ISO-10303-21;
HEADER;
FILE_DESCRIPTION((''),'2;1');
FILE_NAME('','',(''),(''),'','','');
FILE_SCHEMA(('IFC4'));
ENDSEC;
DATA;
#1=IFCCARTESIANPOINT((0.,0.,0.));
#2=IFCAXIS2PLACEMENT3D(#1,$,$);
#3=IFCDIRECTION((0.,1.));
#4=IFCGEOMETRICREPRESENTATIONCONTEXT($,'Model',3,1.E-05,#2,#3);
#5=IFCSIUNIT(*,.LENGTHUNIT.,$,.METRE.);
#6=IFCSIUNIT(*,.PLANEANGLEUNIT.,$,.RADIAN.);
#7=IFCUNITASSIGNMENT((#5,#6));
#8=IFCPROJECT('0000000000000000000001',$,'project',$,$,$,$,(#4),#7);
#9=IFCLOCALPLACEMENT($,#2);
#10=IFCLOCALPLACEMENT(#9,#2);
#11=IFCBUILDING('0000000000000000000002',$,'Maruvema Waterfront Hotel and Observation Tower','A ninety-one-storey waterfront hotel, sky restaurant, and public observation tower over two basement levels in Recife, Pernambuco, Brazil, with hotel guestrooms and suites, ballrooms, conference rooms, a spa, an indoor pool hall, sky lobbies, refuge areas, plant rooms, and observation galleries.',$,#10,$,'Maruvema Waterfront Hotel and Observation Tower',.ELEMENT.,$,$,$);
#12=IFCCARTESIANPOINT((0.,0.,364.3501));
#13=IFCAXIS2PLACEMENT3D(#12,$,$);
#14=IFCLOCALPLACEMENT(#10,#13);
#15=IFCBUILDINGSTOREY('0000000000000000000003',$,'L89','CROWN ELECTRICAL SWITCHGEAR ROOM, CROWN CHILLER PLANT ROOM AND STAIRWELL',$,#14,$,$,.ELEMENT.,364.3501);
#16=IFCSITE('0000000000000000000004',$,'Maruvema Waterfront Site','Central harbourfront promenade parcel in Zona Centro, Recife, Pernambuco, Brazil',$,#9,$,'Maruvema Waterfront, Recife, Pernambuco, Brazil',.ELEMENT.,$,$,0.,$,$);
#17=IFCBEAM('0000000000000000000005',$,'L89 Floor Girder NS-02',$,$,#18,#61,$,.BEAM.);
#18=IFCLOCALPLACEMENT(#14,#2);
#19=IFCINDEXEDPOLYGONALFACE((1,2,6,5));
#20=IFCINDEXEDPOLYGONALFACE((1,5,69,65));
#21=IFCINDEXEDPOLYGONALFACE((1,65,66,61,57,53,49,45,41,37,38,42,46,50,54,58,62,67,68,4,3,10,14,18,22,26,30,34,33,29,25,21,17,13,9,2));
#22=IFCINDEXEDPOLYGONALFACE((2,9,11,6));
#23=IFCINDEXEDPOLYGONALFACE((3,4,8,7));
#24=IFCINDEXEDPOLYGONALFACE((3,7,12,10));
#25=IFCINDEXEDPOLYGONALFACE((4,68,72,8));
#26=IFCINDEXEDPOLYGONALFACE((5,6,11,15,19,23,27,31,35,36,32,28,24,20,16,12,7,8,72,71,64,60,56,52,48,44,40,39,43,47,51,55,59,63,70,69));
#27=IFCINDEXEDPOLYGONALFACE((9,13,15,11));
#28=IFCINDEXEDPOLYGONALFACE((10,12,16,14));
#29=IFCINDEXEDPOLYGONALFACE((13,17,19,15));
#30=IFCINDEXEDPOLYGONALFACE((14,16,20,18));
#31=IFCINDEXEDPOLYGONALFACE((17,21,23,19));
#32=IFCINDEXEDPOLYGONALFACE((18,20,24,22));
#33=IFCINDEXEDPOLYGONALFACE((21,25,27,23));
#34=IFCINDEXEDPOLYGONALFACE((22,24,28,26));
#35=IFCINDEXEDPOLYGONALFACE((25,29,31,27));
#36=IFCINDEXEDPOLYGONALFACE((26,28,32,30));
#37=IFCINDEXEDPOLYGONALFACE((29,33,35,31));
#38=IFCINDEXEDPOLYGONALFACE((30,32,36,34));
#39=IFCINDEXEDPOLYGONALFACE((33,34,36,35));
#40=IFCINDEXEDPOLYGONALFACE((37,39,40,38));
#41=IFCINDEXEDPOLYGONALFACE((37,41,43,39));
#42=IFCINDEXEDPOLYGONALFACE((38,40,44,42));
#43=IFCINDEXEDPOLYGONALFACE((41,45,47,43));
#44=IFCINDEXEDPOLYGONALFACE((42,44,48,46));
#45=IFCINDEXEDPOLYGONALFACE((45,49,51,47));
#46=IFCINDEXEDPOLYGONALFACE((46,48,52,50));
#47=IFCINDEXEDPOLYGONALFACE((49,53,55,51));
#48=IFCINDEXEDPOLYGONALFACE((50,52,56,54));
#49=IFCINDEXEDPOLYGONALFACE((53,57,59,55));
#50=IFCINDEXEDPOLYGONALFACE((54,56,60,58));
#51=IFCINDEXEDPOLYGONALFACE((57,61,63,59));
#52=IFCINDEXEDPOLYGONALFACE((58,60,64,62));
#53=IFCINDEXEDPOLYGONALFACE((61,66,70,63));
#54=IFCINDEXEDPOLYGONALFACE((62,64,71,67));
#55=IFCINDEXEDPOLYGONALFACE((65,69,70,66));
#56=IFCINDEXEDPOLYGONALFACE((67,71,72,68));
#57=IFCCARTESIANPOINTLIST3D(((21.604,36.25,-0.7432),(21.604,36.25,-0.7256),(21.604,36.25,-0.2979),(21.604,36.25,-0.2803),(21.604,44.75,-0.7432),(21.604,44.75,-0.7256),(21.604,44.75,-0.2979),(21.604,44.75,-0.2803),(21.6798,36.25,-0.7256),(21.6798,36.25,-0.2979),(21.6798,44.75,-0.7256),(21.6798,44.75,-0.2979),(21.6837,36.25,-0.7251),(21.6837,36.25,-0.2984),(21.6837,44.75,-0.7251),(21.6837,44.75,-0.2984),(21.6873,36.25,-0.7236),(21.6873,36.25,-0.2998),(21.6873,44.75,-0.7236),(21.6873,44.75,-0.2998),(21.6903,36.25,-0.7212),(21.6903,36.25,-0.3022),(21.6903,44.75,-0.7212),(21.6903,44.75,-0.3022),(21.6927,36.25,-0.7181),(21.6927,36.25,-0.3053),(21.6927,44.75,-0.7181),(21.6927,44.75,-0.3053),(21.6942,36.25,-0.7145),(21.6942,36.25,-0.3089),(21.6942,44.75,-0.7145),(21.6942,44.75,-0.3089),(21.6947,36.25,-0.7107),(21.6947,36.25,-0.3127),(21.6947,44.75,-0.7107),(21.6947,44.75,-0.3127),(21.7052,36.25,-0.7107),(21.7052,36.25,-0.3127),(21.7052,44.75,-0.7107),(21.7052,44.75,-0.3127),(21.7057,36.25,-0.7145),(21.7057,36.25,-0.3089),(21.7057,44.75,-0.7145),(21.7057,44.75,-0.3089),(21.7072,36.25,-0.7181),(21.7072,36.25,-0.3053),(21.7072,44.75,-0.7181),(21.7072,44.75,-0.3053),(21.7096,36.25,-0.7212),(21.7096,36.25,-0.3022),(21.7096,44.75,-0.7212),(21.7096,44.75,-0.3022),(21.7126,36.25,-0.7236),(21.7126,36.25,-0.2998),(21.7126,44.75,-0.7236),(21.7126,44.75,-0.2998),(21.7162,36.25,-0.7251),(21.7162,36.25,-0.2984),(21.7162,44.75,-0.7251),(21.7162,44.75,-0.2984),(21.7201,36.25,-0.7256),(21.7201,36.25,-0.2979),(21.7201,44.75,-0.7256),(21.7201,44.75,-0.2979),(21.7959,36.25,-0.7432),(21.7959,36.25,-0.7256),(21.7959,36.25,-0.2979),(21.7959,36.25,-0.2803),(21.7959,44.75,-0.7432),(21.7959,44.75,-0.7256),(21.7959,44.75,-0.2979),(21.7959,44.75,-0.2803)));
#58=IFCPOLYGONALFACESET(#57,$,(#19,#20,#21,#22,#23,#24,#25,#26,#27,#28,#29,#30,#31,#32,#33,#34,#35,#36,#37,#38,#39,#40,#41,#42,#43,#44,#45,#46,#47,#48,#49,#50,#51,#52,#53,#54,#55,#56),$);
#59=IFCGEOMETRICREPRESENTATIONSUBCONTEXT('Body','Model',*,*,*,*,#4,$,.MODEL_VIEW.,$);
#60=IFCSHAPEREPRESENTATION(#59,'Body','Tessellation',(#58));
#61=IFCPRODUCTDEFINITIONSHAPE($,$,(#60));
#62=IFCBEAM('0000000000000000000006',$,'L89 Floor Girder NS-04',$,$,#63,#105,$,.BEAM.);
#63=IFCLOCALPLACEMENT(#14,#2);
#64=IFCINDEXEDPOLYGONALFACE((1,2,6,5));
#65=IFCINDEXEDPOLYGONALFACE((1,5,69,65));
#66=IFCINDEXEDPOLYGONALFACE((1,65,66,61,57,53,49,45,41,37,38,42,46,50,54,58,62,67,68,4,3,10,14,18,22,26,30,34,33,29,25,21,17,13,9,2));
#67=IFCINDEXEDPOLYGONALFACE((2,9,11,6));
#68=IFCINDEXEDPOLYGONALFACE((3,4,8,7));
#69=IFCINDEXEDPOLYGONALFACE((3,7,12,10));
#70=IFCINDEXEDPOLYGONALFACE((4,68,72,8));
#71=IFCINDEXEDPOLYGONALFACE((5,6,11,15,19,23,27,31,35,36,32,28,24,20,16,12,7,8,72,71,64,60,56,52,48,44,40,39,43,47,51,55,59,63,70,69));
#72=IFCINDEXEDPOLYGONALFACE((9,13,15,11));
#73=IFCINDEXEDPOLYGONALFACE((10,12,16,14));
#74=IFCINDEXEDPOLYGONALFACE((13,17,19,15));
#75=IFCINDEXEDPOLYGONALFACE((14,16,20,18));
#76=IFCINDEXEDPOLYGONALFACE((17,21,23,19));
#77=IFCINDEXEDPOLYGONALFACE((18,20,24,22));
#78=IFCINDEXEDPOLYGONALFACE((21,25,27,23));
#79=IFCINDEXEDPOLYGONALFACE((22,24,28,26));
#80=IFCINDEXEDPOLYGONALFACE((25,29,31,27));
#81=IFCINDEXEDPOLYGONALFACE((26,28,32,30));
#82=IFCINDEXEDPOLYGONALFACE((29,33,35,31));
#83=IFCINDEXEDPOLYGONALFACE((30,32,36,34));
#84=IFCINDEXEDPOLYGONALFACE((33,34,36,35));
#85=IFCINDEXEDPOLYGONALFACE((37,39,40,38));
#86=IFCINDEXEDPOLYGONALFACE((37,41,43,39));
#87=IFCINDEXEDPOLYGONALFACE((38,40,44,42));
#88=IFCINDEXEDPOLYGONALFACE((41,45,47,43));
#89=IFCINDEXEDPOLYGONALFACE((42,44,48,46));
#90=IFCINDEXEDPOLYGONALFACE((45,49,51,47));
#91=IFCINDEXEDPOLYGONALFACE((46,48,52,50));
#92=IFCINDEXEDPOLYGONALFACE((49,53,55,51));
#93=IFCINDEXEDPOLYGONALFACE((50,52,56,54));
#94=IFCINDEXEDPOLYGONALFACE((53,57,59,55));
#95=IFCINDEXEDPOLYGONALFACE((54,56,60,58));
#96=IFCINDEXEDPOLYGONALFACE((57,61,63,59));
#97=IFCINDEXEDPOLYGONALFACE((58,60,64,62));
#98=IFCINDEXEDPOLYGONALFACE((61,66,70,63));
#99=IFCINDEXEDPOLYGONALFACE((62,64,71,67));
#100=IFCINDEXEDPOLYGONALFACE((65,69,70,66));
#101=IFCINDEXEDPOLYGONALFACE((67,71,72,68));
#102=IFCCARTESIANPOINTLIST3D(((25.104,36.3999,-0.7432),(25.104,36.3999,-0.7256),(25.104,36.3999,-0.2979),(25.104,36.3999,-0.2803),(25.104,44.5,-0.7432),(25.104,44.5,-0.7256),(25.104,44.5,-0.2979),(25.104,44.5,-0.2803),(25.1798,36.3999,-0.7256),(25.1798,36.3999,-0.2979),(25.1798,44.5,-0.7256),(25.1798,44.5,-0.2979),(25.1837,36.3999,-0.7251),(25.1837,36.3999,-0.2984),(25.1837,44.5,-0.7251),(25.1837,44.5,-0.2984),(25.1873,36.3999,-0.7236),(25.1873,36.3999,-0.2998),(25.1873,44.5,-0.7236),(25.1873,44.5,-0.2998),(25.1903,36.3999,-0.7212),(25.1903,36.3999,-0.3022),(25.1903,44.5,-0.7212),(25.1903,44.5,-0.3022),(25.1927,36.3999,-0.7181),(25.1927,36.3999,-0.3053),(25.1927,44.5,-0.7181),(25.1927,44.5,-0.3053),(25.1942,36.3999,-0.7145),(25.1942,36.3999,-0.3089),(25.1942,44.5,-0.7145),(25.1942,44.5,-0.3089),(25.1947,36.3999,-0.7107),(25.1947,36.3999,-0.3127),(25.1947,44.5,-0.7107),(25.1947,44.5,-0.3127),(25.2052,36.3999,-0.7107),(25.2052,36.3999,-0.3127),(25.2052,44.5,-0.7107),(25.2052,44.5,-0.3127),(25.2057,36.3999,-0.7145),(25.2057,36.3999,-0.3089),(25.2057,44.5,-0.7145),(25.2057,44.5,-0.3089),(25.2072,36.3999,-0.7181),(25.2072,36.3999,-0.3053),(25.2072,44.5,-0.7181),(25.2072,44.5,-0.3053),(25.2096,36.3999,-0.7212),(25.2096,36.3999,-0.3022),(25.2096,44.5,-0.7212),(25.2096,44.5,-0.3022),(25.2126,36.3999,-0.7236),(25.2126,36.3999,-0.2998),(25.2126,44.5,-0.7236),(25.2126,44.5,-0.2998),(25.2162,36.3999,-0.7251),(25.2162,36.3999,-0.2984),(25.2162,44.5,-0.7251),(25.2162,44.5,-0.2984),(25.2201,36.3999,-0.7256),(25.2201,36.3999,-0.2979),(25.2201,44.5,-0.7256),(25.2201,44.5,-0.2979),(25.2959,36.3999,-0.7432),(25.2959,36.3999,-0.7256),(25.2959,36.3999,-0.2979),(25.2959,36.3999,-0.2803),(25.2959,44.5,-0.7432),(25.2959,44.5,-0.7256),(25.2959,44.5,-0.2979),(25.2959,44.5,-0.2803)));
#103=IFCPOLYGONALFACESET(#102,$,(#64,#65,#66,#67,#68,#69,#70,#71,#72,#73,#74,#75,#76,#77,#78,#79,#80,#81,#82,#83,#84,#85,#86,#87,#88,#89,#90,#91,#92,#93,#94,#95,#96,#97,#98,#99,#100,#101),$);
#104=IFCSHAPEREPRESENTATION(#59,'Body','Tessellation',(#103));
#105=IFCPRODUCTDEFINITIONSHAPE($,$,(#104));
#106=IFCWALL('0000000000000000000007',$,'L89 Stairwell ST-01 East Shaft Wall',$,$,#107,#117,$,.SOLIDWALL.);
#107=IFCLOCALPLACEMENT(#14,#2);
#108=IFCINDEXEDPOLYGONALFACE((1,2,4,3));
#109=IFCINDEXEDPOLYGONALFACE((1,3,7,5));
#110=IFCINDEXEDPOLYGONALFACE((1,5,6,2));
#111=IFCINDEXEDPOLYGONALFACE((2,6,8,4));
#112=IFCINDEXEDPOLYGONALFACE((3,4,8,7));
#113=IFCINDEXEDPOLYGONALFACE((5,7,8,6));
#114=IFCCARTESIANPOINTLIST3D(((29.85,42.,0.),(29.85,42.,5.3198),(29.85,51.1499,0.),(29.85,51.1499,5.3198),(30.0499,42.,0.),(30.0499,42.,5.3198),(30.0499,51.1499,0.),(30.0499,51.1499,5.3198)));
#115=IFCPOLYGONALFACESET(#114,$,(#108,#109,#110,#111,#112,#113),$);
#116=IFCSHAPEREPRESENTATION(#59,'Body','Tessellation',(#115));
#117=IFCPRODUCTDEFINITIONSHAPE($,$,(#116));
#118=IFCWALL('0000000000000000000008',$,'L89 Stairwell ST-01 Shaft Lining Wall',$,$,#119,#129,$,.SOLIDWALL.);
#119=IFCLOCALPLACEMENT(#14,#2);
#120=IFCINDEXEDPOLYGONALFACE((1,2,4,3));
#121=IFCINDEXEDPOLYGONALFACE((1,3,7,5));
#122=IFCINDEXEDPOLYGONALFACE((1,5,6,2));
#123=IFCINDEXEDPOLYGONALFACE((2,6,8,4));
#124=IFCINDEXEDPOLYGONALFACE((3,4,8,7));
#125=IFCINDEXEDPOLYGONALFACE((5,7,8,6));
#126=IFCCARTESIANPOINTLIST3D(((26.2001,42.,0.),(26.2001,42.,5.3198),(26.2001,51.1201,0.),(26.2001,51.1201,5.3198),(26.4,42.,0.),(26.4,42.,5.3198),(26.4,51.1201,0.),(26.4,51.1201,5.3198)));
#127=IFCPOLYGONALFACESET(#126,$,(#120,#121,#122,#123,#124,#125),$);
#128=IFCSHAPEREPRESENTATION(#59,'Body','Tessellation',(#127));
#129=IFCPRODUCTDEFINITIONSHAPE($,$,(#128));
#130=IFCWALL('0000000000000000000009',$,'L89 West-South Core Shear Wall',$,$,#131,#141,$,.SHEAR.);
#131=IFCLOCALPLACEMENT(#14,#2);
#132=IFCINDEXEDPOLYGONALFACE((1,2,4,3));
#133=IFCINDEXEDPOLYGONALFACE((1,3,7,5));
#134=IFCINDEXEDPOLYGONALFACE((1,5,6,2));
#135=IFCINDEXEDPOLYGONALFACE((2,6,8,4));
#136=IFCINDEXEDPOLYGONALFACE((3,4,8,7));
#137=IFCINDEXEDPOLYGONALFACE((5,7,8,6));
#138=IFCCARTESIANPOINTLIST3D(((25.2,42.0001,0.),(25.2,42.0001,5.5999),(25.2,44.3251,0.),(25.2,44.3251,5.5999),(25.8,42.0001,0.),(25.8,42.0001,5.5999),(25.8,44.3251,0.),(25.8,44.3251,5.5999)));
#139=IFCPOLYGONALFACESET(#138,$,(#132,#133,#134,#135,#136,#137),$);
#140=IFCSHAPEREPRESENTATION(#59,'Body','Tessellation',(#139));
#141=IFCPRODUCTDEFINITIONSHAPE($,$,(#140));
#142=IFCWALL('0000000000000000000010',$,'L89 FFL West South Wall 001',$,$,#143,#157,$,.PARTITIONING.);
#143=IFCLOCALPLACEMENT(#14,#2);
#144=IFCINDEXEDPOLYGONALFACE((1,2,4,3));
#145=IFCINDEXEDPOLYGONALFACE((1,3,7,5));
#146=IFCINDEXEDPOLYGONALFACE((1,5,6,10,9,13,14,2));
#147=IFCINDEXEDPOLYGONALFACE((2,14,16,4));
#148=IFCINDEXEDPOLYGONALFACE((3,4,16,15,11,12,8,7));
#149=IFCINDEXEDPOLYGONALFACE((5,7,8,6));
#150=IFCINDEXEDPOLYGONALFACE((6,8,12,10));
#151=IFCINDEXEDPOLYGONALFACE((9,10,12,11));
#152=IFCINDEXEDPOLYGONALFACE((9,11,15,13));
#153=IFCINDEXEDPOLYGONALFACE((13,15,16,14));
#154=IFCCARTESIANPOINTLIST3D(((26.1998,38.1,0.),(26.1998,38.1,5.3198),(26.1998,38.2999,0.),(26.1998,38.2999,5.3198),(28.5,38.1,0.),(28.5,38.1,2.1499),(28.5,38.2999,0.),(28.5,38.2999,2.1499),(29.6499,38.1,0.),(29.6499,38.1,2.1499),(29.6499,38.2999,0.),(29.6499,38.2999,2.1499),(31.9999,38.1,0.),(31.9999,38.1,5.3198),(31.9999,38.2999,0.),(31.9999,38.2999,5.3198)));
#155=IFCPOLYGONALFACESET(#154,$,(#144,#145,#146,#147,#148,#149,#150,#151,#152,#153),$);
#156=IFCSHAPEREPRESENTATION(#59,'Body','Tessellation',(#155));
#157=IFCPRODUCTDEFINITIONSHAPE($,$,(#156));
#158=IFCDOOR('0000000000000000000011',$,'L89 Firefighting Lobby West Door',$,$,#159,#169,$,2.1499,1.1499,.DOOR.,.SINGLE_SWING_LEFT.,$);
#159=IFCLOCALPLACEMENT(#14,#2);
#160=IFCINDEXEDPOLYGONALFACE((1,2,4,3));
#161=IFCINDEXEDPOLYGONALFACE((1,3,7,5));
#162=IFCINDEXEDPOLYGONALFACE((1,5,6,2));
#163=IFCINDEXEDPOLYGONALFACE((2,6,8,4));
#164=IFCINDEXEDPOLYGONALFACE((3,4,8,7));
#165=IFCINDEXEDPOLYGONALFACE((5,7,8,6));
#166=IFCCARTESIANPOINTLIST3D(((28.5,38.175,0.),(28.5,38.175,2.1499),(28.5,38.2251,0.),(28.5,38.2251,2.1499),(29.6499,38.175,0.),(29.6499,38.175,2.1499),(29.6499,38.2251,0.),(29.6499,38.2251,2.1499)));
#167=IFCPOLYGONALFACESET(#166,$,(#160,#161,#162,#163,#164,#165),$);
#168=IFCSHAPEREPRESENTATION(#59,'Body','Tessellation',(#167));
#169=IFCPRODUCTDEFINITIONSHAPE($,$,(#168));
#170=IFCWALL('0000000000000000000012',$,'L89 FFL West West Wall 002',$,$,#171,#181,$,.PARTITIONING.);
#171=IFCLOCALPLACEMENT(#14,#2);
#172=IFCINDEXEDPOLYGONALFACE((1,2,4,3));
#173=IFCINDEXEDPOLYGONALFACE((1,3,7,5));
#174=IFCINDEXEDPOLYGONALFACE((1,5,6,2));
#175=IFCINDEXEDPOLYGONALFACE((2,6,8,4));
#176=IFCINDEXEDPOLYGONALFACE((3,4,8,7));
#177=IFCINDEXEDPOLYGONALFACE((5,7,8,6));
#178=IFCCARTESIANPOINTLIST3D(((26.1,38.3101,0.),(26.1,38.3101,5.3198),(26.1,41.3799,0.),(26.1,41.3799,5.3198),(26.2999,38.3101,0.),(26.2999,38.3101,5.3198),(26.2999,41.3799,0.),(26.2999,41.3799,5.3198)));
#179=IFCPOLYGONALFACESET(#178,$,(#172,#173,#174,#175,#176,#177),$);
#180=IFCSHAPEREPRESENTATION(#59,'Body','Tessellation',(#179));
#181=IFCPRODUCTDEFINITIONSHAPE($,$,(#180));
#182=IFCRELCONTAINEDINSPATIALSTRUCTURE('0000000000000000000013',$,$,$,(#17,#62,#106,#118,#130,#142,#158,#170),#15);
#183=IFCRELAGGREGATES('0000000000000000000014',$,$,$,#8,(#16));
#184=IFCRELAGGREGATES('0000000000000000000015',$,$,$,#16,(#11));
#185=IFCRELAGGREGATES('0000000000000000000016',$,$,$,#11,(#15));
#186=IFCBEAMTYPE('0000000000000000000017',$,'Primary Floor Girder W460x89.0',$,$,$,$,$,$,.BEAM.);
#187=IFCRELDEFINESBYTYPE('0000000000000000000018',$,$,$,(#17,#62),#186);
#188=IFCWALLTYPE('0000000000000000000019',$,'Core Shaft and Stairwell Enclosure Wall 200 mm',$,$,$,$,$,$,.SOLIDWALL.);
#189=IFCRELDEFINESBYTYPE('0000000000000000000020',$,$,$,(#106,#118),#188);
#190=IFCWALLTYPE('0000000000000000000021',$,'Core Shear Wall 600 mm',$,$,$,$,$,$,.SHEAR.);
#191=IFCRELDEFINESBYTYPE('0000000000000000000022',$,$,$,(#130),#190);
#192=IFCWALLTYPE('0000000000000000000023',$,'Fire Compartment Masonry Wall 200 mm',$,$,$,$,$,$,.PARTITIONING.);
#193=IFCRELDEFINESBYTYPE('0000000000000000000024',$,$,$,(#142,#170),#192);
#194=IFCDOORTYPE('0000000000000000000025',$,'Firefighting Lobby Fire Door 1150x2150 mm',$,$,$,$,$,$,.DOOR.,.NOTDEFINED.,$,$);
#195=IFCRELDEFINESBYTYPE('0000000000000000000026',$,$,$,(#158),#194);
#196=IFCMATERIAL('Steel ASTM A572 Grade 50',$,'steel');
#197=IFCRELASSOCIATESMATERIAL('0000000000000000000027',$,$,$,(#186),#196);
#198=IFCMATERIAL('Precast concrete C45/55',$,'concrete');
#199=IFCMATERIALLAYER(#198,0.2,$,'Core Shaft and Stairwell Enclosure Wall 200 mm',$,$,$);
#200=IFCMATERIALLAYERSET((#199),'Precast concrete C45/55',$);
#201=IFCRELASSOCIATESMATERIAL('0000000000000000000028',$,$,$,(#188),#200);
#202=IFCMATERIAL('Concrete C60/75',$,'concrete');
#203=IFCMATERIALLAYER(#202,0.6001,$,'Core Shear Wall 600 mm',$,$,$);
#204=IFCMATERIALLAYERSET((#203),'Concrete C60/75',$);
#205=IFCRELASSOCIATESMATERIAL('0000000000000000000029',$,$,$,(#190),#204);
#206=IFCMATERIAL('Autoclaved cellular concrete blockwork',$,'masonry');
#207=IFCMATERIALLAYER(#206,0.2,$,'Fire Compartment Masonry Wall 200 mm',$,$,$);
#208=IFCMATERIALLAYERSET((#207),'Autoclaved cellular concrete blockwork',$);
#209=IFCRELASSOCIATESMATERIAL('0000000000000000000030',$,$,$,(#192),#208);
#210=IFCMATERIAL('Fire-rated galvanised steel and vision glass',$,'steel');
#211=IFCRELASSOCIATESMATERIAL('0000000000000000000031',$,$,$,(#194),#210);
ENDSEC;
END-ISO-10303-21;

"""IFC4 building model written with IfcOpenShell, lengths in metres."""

from ifc_helpers import new_model, si_unit, direction, frame, frame_2d, origin, origin_2d, place, context, subcontext, project, spatial, rectangle, i_section, extrude, material, layer, layer_set, material_profile, profile_set, type_object, element, fill, save


model = new_model("IFC4")

# Units and contexts
model_context = context("Model", 3, precision=1e-05, world=origin(), true_north=direction((0.0, 1.0)))
body_context = subcontext(model_context, "Body", "Model", "MODEL_VIEW")
ifc_project = project(units=[si_unit("LENGTHUNIT", "METRE"), si_unit("PLANEANGLEUNIT", "RADIAN")], contexts=[model_context])

# Site, building, storey
site_placement = place(None, origin())
site = spatial("IfcSite", under=ifc_project, at=site_placement, Name="Maruvema Waterfront Site", Description="Central harbourfront promenade parcel in Zona Centro, Recife, Pernambuco, Brazil", LongName="Maruvema Waterfront, Recife, Pernambuco, Brazil", CompositionType="ELEMENT", RefElevation=0.0)
building_placement = place(site_placement, origin())
building = spatial("IfcBuilding", under=site, at=building_placement, Name="Maruvema Waterfront Hotel and Observation Tower", Description="A ninety-one-storey waterfront hotel, sky restaurant, and public observation tower over two basement levels in Recife, Pernambuco, Brazil, with hotel guestrooms and suites, ballrooms, conference rooms, a spa, an indoor pool hall, sky lobbies, refuge areas, plant rooms, and observation galleries.", LongName="Maruvema Waterfront Hotel and Observation Tower", CompositionType="ELEMENT")
storey_placement = place(building_placement, frame((0.0, 0.0, 364.3501)))
storey = spatial("IfcBuildingStorey", under=building, at=storey_placement, Name="L89", Description="CROWN ELECTRICAL SWITCHGEAR ROOM, CROWN CHILLER PLANT ROOM AND STAIRWELL", CompositionType="ELEMENT", Elevation=364.3501)

# Beams
ifc_material_1 = material(Name="Steel ASTM A572 Grade 50", Category="steel")
ifc_material_profile_1 = material_profile(ifc_material_1, i_section(OverallWidth=0.1919, OverallDepth=0.4629, WebThickness=0.0105, FlangeThickness=0.0176, FilletRadius=0.0149, at=origin_2d()), Name="W460x89.0")
ifc_profile_set_1 = profile_set([ifc_material_profile_1], Name="Steel ASTM A572 Grade 50")
beam_type_1 = type_object("IfcBeamType", Name="Primary Floor Girder W460x89.0", PredefinedType="BEAM", material=ifc_profile_set_1)
beam_1_placement = place(storey_placement, frame((21.7, 36.25, -0.5117), z_axis=(0.0, 1.0, 0.0), x_axis=(-1.0, 0.0, 0.0)))
element("IfcBeam", 1, at=beam_1_placement, inside=storey, type_object=beam_type_1, Name="L89 Floor Girder NS-02", PredefinedType="BEAM", context=body_context, shape_type="SweptSolid", body=[
    extrude(i_section(OverallWidth=0.1919, OverallDepth=0.4629, WebThickness=0.0105, FlangeThickness=0.0176, FilletRadius=0.0149, at=origin_2d()), origin(), (0.0, 0.0, 1.0), 8.5),
])
beam_2_placement = place(storey_placement, frame((25.2, 36.3999, -0.5117), z_axis=(0.0, 1.0, 0.0), x_axis=(-1.0, 0.0, 0.0)))
element("IfcBeam", 2, at=beam_2_placement, inside=storey, type_object=beam_type_1, Name="L89 Floor Girder NS-04", PredefinedType="BEAM", context=body_context, shape_type="SweptSolid", body=[
    extrude(i_section(OverallWidth=0.1919, OverallDepth=0.4629, WebThickness=0.0105, FlangeThickness=0.0176, FilletRadius=0.0149, at=origin_2d()), origin(), (0.0, 0.0, 1.0), 8.1001),
])

# Walls
ifc_material_2 = material(Name="Precast concrete C45/55", Category="concrete")
ifc_layer_1 = layer(ifc_material_2, 0.2, Name="Core Shaft and Stairwell Enclosure Wall 200 mm")
ifc_layer_set_1 = layer_set([ifc_layer_1], Name="Precast concrete C45/55")
wall_type_1 = type_object("IfcWallType", Name="Core Shaft and Stairwell Enclosure Wall 200 mm", PredefinedType="SOLIDWALL", material=ifc_layer_set_1)
wall_1_placement = place(storey_placement, frame((29.95, 42.0, 0.0), z_axis=(0.0, 0.0, 1.0), x_axis=(0.0, 1.0, 0.0)))
element("IfcWall", 3, at=wall_1_placement, inside=storey, type_object=wall_type_1, Name="L89 Stairwell ST-01 East Shaft Wall", PredefinedType="SOLIDWALL", context=body_context, shape_type="SweptSolid", body=[
    extrude(rectangle(XDim=9.1499, YDim=0.2, at=frame_2d((4.575, 0.0))), origin(), (0.0, 0.0, 1.0), 5.3198),
])
wall_2_placement = place(storey_placement, frame((26.3, 42.0, 0.0), z_axis=(0.0, 0.0, 1.0), x_axis=(0.0, 1.0, 0.0)))
element("IfcWall", 4, at=wall_2_placement, inside=storey, type_object=wall_type_1, Name="L89 Stairwell ST-01 Shaft Lining Wall", PredefinedType="SOLIDWALL", context=body_context, shape_type="SweptSolid", body=[
    extrude(rectangle(XDim=9.1201, YDim=0.2, at=frame_2d((4.5601, 0.0))), origin(), (0.0, 0.0, 1.0), 5.3198),
])

# Shared definitions
ifc_material_3 = material(Name="Concrete C60/75", Category="concrete")
ifc_layer_2 = layer(ifc_material_3, 0.6001, Name="Core Shear Wall 600 mm")
ifc_layer_set_2 = layer_set([ifc_layer_2], Name="Concrete C60/75")
wall_type_2 = type_object("IfcWallType", Name="Core Shear Wall 600 mm", PredefinedType="SHEAR", material=ifc_layer_set_2)

# Wall
wall_3_placement = place(storey_placement, frame((25.5, 42.0, 0.0), z_axis=(0.0, 0.0, 1.0), x_axis=(0.0, 1.0, 0.0)))
element("IfcWall", 5, at=wall_3_placement, inside=storey, type_object=wall_type_2, Name="L89 West-South Core Shear Wall", PredefinedType="SHEAR", context=body_context, shape_type="SweptSolid", body=[
    extrude(rectangle(XDim=2.325, YDim=0.6001, at=frame_2d((1.1626, 0.0))), origin(), (0.0, 0.0, 1.0), 5.5999),
])

# Wall, opening, door
ifc_material_4 = material(Name="Autoclaved cellular concrete blockwork", Category="masonry")
ifc_layer_3 = layer(ifc_material_4, 0.2, Name="Fire Compartment Masonry Wall 200 mm")
ifc_layer_set_3 = layer_set([ifc_layer_3], Name="Autoclaved cellular concrete blockwork")
wall_type_3 = type_object("IfcWallType", Name="Fire Compartment Masonry Wall 200 mm", PredefinedType="PARTITIONING", material=ifc_layer_set_3)
wall_4_placement = place(storey_placement, frame((26.2, 38.2, 0.0), z_axis=(0.0, 0.0, 1.0), x_axis=(1.0, 0.0, 0.0)))
wall_4 = element("IfcWall", 6, at=wall_4_placement, inside=storey, type_object=wall_type_3, Name="L89 FFL West South Wall 001", PredefinedType="PARTITIONING", context=body_context, shape_type="SweptSolid", body=[
    extrude(rectangle(XDim=5.8, YDim=0.2, at=frame_2d((2.8999, 0.0))), origin(), (0.0, 0.0, 1.0), 5.3198),
])
opening_1_placement = place(wall_4_placement, frame((2.3, 0.0, 0.0)))
opening_1 = element("IfcOpeningElement", 7, at=opening_1_placement, cuts=wall_4, PredefinedType="OPENING", context=body_context, shape_type="SweptSolid", body=[
    extrude(rectangle(XDim=1.1499, YDim=2.1499, at=frame_2d((0.575, 1.075))), frame((0.0, 0.1099, 0.0), z_axis=(0.0, -1.0, 0.0), x_axis=(1.0, 0.0, 0.0)), (0.0, 0.0, 1.0), 0.22),
])
ifc_material_5 = material(Name="Fire-rated galvanised steel and vision glass", Category="steel")
door_type_1 = type_object("IfcDoorType", Name="Firefighting Lobby Fire Door 1150x2150 mm", OperationType="NOTDEFINED", PredefinedType="DOOR", material=ifc_material_5)
door_1_placement = place(opening_1_placement, frame((1.1499, 0.0, 0.0), z_axis=(0.0, 0.0, 1.0), x_axis=(-1.0, 0.0, 0.0)))
door_1 = element("IfcDoor", 8, at=door_1_placement, inside=storey, type_object=door_type_1, Name="L89 Firefighting Lobby West Door", OperationType="SINGLE_SWING_LEFT", OverallHeight=2.1499, OverallWidth=1.1499, PredefinedType="DOOR", context=body_context, shape_type="SweptSolid", body=[
    extrude(rectangle(XDim=1.1499, YDim=2.1499, at=frame_2d((0.575, 1.075))), frame((0.0, 0.0249, 0.0), z_axis=(0.0, -1.0, 0.0), x_axis=(1.0, 0.0, 0.0)), (0.0, 0.0, 1.0), 0.05),
])
fill(opening_1, door_1)

# Wall
for number, where, z_axis, x_axis, name in (
    (9, (26.2, 38.3101, 0.0), (0.0, 0.0, 1.0), (0.0, 1.0, 0.0), "L89 FFL West West Wall 002"),
):
    element("IfcWall", number, at=place(storey_placement, frame(where, z_axis=z_axis, x_axis=x_axis)), inside=storey, type_object=wall_type_3, Name=name, PredefinedType="PARTITIONING", context=body_context, shape_type="SweptSolid", body=[
        extrude(rectangle(XDim=3.0698, YDim=0.2, at=frame_2d((1.5349, 0.0))), origin(), (0.0, 0.0, 1.0), 5.3198),
    ])

save(model, "model.ifc")
